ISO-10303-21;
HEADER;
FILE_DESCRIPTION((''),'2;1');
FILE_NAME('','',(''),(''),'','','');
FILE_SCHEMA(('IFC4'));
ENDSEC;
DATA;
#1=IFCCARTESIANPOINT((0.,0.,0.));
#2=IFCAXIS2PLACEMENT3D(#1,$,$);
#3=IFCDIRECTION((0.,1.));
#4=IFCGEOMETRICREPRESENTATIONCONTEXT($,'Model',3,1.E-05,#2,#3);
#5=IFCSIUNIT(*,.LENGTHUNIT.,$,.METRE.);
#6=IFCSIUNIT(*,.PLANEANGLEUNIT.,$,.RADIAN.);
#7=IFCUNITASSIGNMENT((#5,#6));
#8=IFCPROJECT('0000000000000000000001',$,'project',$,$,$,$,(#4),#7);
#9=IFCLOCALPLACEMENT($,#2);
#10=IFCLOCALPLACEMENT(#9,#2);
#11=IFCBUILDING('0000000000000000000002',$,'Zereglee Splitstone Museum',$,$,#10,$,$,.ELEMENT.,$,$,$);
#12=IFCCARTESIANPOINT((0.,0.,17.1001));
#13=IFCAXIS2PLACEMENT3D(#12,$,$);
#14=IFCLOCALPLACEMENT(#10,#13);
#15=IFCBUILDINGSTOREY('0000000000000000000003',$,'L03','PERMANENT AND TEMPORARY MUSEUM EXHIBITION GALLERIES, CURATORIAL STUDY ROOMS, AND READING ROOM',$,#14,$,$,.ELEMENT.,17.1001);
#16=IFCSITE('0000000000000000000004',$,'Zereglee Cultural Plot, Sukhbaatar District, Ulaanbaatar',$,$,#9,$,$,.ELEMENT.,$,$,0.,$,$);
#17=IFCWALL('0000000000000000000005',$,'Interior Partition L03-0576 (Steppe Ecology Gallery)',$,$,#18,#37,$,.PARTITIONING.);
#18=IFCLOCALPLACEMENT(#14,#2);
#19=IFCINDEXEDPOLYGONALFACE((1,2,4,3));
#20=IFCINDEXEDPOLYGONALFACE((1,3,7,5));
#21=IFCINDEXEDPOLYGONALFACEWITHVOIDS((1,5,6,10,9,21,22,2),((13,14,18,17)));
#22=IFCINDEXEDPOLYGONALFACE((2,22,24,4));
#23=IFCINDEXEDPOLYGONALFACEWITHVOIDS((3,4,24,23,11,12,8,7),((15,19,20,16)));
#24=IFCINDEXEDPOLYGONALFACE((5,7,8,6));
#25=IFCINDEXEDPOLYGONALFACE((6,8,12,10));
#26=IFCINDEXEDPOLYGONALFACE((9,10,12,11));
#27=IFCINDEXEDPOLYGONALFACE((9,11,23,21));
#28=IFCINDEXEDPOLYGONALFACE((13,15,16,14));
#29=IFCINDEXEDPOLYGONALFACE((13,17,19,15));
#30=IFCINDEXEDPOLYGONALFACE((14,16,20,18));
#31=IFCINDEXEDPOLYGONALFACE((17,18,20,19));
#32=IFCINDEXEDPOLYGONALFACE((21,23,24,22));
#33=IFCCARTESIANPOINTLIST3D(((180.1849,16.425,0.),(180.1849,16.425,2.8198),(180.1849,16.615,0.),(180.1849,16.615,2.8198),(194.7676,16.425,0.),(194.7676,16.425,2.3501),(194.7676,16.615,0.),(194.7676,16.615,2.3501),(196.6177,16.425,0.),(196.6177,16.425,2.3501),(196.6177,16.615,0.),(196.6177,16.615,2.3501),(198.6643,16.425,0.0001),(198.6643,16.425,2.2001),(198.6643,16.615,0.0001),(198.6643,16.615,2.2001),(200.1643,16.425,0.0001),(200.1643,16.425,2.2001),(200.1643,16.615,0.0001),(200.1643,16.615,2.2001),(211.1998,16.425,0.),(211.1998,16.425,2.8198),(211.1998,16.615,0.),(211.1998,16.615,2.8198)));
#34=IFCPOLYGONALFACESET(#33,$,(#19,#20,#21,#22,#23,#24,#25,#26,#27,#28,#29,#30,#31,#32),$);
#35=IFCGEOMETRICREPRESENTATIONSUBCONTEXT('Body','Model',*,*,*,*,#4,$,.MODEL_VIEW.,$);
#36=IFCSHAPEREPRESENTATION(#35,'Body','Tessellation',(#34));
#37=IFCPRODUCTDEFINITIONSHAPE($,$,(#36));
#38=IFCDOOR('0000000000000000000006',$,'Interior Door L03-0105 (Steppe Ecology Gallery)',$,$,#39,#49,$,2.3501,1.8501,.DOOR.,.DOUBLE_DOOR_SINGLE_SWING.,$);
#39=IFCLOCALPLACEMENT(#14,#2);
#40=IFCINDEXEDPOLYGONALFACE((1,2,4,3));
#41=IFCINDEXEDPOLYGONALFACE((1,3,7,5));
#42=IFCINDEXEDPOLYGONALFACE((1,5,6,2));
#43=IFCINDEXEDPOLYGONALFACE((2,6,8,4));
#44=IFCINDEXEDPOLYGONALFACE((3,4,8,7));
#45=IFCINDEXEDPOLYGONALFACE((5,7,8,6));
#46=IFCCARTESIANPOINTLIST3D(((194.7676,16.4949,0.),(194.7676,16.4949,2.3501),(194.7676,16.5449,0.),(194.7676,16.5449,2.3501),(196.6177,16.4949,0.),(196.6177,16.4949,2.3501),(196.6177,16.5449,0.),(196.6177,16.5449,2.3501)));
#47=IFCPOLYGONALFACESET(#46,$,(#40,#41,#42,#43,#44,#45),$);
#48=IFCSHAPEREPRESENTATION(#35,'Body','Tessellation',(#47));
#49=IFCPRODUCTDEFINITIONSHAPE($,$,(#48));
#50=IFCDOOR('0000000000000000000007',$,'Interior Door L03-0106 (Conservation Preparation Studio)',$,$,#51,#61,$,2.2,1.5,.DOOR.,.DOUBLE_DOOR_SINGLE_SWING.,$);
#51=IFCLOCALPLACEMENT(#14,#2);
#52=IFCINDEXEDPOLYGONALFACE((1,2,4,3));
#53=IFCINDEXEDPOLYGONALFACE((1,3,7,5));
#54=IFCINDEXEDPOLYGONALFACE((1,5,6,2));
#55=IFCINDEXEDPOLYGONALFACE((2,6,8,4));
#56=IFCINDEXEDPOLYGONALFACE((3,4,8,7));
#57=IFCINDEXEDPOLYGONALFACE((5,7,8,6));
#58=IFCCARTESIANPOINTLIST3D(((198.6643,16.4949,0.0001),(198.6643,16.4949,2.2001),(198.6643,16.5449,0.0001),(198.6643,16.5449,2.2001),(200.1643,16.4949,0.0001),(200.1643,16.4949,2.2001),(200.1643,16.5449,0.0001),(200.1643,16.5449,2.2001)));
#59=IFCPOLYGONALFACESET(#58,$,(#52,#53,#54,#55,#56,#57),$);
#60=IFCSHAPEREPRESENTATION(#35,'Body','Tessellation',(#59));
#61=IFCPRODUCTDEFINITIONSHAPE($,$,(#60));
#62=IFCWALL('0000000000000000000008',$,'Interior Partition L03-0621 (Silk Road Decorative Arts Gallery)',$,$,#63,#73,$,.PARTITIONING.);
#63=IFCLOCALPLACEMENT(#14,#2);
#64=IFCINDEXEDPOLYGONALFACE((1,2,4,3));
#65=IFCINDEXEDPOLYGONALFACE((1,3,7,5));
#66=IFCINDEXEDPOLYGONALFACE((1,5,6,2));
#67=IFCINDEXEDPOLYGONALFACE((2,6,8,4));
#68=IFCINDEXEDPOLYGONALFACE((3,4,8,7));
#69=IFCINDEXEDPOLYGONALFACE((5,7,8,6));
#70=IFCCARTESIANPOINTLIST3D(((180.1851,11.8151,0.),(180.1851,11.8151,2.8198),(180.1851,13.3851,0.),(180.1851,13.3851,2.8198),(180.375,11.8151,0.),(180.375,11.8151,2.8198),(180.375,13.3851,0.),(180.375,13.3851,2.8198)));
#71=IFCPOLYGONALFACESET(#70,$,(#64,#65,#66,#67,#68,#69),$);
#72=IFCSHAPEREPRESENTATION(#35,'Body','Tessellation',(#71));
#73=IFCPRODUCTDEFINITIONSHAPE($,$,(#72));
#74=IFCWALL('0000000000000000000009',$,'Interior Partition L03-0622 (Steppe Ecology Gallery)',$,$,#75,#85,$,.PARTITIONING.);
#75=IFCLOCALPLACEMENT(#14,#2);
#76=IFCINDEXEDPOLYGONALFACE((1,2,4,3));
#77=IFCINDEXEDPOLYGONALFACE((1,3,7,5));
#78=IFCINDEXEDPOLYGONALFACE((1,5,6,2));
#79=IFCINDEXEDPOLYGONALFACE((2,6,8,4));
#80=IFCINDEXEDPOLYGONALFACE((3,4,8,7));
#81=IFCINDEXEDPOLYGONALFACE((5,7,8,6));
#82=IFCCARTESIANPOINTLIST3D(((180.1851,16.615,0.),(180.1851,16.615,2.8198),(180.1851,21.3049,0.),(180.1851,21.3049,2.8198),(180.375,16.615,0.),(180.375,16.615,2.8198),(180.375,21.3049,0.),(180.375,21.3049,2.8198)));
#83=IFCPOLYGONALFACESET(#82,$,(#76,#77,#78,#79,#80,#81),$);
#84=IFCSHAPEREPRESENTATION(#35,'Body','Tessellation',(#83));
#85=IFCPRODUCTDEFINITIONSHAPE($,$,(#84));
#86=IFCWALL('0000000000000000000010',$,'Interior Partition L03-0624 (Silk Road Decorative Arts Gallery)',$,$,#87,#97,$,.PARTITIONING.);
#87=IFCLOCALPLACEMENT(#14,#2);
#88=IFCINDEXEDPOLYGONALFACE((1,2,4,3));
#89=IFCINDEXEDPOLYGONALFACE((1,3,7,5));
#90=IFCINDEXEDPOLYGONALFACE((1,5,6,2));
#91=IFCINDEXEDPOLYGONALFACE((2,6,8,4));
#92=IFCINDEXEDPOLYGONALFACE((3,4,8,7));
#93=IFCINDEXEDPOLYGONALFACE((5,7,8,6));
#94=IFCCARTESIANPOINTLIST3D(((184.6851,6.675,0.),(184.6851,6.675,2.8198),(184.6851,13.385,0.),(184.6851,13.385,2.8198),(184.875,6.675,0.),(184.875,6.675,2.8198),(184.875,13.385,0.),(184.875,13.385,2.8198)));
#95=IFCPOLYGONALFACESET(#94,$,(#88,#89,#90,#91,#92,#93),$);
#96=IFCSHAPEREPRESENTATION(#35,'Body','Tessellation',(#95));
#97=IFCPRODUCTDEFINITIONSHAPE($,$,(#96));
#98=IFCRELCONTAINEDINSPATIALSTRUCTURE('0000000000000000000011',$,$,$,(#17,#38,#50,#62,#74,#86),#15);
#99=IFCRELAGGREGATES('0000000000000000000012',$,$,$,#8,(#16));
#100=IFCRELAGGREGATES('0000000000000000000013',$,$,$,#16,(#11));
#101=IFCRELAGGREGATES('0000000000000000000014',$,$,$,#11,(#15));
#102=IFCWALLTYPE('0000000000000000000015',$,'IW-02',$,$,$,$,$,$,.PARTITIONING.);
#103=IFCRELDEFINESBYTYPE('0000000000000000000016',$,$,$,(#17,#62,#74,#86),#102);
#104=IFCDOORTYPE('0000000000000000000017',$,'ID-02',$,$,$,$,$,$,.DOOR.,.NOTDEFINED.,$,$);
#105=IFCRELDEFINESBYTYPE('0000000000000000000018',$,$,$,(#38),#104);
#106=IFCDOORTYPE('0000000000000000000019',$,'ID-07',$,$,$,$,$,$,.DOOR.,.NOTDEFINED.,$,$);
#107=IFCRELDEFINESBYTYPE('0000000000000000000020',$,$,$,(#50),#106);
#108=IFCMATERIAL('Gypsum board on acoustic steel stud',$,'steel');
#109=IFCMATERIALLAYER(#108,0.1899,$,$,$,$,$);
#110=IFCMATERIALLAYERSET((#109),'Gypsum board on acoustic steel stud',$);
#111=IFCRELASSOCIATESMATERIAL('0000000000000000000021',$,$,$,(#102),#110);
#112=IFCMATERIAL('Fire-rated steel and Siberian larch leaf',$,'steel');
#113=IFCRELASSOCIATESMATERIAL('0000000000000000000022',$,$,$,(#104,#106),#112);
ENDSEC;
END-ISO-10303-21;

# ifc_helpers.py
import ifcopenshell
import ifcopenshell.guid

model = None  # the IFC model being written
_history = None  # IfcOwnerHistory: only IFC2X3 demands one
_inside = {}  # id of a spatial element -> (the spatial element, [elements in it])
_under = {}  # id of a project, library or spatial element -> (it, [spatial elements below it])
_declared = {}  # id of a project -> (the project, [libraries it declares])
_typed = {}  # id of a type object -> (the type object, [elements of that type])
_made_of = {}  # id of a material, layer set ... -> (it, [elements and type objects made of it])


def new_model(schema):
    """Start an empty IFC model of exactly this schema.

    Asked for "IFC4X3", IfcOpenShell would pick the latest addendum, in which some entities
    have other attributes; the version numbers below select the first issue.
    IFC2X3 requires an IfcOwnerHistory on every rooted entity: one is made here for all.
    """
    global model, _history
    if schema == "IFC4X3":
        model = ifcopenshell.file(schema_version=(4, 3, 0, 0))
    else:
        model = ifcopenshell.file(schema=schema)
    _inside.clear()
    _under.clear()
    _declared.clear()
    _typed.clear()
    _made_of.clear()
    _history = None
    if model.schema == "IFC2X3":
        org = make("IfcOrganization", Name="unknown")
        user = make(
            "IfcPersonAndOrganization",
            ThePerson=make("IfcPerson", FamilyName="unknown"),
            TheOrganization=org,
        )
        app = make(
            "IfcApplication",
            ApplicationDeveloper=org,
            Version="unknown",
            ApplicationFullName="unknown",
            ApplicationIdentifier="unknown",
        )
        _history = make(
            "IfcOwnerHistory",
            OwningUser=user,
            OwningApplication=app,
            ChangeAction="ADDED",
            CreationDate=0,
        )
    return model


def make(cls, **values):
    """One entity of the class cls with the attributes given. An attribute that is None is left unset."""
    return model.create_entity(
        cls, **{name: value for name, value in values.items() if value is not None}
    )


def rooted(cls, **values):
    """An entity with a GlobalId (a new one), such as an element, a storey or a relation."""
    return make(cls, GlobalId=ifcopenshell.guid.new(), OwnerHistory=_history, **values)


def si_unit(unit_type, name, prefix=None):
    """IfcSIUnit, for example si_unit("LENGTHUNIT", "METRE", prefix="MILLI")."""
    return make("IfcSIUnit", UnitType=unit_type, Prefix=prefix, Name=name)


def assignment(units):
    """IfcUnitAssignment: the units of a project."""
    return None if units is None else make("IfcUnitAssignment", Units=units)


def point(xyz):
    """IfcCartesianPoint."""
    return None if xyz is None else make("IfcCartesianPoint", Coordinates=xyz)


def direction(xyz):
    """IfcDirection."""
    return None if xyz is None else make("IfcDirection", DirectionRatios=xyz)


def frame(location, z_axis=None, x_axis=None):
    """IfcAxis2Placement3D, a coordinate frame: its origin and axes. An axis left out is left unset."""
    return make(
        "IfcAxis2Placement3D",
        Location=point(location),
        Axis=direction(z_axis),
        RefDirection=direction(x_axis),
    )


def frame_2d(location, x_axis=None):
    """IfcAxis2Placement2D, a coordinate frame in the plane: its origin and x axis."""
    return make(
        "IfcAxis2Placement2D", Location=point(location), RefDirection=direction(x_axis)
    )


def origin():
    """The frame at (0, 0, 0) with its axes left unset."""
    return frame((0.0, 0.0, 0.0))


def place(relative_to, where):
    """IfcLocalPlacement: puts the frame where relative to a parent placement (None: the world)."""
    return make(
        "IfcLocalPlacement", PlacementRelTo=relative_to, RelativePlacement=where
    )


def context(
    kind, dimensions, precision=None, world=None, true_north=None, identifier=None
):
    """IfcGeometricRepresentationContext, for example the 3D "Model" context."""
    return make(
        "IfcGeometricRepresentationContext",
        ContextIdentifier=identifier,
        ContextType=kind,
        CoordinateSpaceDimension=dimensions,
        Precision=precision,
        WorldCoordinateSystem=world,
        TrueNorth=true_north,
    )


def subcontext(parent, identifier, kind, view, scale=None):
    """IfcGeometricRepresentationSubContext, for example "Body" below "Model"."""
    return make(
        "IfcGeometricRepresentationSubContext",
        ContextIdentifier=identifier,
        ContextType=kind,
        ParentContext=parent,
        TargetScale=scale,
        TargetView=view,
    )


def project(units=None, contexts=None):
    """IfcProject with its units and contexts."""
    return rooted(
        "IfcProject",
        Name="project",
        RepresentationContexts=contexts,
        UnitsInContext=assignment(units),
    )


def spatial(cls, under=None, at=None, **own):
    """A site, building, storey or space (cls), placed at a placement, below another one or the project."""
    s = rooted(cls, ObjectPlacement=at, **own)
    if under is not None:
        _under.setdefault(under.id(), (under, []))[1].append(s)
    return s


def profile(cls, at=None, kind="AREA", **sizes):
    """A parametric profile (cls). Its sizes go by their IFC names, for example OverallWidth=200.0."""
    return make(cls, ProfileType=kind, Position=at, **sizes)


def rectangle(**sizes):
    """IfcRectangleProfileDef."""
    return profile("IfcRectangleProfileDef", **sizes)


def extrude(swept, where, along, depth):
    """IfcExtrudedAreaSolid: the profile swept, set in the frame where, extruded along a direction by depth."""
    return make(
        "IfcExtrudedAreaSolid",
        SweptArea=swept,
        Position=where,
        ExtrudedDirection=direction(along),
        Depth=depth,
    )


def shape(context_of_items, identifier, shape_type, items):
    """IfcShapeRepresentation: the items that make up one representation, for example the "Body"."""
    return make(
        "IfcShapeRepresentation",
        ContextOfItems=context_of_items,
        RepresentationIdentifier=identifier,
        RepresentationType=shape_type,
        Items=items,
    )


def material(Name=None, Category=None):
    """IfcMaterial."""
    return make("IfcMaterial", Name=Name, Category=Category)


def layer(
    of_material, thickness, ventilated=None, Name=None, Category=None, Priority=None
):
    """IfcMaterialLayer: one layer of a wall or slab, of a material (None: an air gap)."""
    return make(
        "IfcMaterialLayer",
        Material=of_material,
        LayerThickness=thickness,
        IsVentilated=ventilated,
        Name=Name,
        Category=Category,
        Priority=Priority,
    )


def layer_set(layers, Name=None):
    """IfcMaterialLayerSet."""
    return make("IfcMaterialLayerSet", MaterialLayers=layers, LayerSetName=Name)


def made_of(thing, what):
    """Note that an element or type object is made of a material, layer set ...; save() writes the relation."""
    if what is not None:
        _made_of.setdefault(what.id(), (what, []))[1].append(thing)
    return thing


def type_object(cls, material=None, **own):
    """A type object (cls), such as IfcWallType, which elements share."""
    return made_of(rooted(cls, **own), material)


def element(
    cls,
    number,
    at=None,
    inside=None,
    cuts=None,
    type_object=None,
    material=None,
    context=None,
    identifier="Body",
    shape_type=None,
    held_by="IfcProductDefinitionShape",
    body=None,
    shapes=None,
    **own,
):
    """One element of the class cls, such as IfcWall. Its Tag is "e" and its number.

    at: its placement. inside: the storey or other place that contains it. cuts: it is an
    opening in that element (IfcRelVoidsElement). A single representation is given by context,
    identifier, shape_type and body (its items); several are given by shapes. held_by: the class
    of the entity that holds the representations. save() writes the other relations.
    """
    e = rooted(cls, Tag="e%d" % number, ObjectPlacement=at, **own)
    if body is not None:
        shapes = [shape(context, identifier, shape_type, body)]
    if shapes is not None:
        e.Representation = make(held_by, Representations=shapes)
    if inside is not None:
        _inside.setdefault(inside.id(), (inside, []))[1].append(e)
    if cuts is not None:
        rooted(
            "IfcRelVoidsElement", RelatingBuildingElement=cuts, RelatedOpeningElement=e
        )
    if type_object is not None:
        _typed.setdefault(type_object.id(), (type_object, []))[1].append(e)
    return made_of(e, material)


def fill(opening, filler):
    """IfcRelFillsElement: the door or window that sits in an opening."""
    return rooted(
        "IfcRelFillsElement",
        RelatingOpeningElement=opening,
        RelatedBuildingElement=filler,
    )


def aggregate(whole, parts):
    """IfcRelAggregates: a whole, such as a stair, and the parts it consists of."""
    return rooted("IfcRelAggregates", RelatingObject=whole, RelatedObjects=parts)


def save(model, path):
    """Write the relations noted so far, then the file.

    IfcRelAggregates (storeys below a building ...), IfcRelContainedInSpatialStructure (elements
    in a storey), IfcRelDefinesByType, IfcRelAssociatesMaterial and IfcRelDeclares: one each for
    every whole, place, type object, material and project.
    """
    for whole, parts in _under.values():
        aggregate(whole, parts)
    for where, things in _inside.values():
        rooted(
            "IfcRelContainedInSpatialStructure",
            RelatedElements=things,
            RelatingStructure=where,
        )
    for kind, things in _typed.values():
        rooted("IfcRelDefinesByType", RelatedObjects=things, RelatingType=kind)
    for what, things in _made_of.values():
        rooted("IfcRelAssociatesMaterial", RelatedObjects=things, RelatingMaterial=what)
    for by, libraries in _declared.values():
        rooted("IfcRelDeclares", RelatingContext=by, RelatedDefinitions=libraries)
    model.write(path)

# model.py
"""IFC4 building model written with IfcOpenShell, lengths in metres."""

from ifc_helpers import new_model, si_unit, direction, frame, frame_2d, origin, place, context, subcontext, project, spatial, rectangle, extrude, material, layer, layer_set, type_object, element, fill, save


model = new_model("IFC4")

# Units and contexts
model_context = context("Model", 3, precision=1e-05, world=origin(), true_north=direction((0.0, 1.0)))
body_context = subcontext(model_context, "Body", "Model", "MODEL_VIEW")
ifc_project = project(units=[si_unit("LENGTHUNIT", "METRE"), si_unit("PLANEANGLEUNIT", "RADIAN")], contexts=[model_context])

# Site, building, storey
site_placement = place(None, origin())
site = spatial("IfcSite", under=ifc_project, at=site_placement, Name="Zereglee Cultural Plot, Sukhbaatar District, Ulaanbaatar", CompositionType="ELEMENT", RefElevation=0.0)
building_placement = place(site_placement, origin())
building = spatial("IfcBuilding", under=site, at=building_placement, Name="Zereglee Splitstone Museum", CompositionType="ELEMENT")
storey_placement = place(building_placement, frame((0.0, 0.0, 17.1001)))
storey = spatial("IfcBuildingStorey", under=building, at=storey_placement, Name="L03", Description="PERMANENT AND TEMPORARY MUSEUM EXHIBITION GALLERIES, CURATORIAL STUDY ROOMS, AND READING ROOM", CompositionType="ELEMENT", Elevation=17.1001)

# Shared definitions
ifc_material_1 = material(Name="Gypsum board on acoustic steel stud", Category="steel")
ifc_layer_1 = layer(ifc_material_1, 0.1899)
ifc_layer_set_1 = layer_set([ifc_layer_1], Name="Gypsum board on acoustic steel stud")
wall_type_1 = type_object("IfcWallType", Name="IW-02", PredefinedType="PARTITIONING", material=ifc_layer_set_1)

# Shared definitions
ifc_material_2 = material(Name="Fire-rated steel and Siberian larch leaf", Category="steel")
door_type_1 = type_object("IfcDoorType", Name="ID-02", OperationType="NOTDEFINED", PredefinedType="DOOR", material=ifc_material_2)

# Wall, openings, doors
wall_1_placement = place(storey_placement, frame((180.1851, 16.52, 0.0), z_axis=(0.0, 0.0, 1.0), x_axis=(1.0, 0.0, 0.0)))
wall_1 = element("IfcWall", 1, at=wall_1_placement, inside=storey, type_object=wall_type_1, Name="Interior Partition L03-0576 (Steppe Ecology Gallery)", PredefinedType="PARTITIONING", context=body_context, shape_type="SweptSolid", body=[
    extrude(rectangle(XDim=31.0149, YDim=0.1899, at=frame_2d((15.5073, 0.0))), origin(), (0.0, 0.0, 1.0), 2.8198),
])
opening_1_placement = place(wall_1_placement, frame((14.5825, 0.0, 0.0)))
opening_1 = element("IfcOpeningElement", 2, at=opening_1_placement, cuts=wall_1, PredefinedType="OPENING", context=body_context, shape_type="SweptSolid", body=[
    extrude(rectangle(XDim=1.8501, YDim=2.3501, at=frame_2d((0.925, 1.175))), frame((0.0, 0.1099, 0.0), z_axis=(0.0, -1.0, 0.0), x_axis=(1.0, 0.0, 0.0)), (0.0, 0.0, 1.0), 0.2197),
])
opening_2_placement = place(wall_1_placement, frame((18.4792, 0.0, 0.0)))
opening_2 = element("IfcOpeningElement", 3, at=opening_2_placement, cuts=wall_1, PredefinedType="OPENING", context=body_context, shape_type="SweptSolid", body=[
    extrude(rectangle(XDim=1.5, YDim=2.2, at=frame_2d((0.75, 1.1001))), frame((0.0, 0.1099, 0.0), z_axis=(0.0, -1.0, 0.0), x_axis=(1.0, 0.0, 0.0)), (0.0, 0.0, 1.0), 0.2197),
])
door_1_placement = place(opening_1_placement, origin())
door_1 = element("IfcDoor", 4, at=door_1_placement, inside=storey, type_object=door_type_1, Name="Interior Door L03-0105 (Steppe Ecology Gallery)", OperationType="DOUBLE_DOOR_SINGLE_SWING", OverallHeight=2.3501, OverallWidth=1.8501, PredefinedType="DOOR", context=body_context, shape_type="SweptSolid", body=[
    extrude(rectangle(XDim=1.8501, YDim=2.3501, at=frame_2d((0.925, 1.175))), frame((0.0, 0.0249, 0.0), z_axis=(0.0, -1.0, 0.0), x_axis=(1.0, 0.0, 0.0)), (0.0, 0.0, 1.0), 0.05),
])
fill(opening_1, door_1)
door_type_2 = type_object("IfcDoorType", Name="ID-07", OperationType="NOTDEFINED", PredefinedType="DOOR", material=ifc_material_2)
door_2_placement = place(opening_2_placement, origin())
door_2 = element("IfcDoor", 5, at=door_2_placement, inside=storey, type_object=door_type_2, Name="Interior Door L03-0106 (Conservation Preparation Studio)", OperationType="DOUBLE_DOOR_SINGLE_SWING", OverallHeight=2.2, OverallWidth=1.5, PredefinedType="DOOR", context=body_context, shape_type="SweptSolid", body=[
    extrude(rectangle(XDim=1.5, YDim=2.2, at=frame_2d((0.75, 1.1001))), frame((0.0, 0.0249, 0.0), z_axis=(0.0, -1.0, 0.0), x_axis=(1.0, 0.0, 0.0)), (0.0, 0.0, 1.0), 0.05),
])
fill(opening_2, door_2)

# Walls
wall_2_placement = place(storey_placement, frame((180.28, 11.8149, 0.0), z_axis=(0.0, 0.0, 1.0), x_axis=(0.0, 1.0, 0.0)))
element("IfcWall", 6, at=wall_2_placement, inside=storey, type_object=wall_type_1, Name="Interior Partition L03-0621 (Silk Road Decorative Arts Gallery)", PredefinedType="PARTITIONING", context=body_context, shape_type="SweptSolid", body=[
    extrude(rectangle(XDim=1.5701, YDim=0.1899, at=frame_2d((0.7852, 0.0))), origin(), (0.0, 0.0, 1.0), 2.8198),
])
wall_3_placement = place(storey_placement, frame((180.28, 16.615, 0.0), z_axis=(0.0, 0.0, 1.0), x_axis=(0.0, 1.0, 0.0)))
element("IfcWall", 7, at=wall_3_placement, inside=storey, type_object=wall_type_1, Name="Interior Partition L03-0622 (Steppe Ecology Gallery)", PredefinedType="PARTITIONING", context=body_context, shape_type="SweptSolid", body=[
    extrude(rectangle(XDim=4.6899, YDim=0.1899, at=frame_2d((2.345, 0.0))), origin(), (0.0, 0.0, 1.0), 2.8198),
])
wall_4_placement = place(storey_placement, frame((184.78, 6.675, 0.0), z_axis=(0.0, 0.0, 1.0), x_axis=(0.0, 1.0, 0.0)))
element("IfcWall", 8, at=wall_4_placement, inside=storey, type_object=wall_type_1, Name="Interior Partition L03-0624 (Silk Road Decorative Arts Gallery)", PredefinedType="PARTITIONING", context=body_context, shape_type="SweptSolid", body=[
    extrude(rectangle(XDim=6.71, YDim=0.1899, at=frame_2d((3.355, 0.0))), origin(), (0.0, 0.0, 1.0), 2.8198),
])

save(model, "model.ifc")
